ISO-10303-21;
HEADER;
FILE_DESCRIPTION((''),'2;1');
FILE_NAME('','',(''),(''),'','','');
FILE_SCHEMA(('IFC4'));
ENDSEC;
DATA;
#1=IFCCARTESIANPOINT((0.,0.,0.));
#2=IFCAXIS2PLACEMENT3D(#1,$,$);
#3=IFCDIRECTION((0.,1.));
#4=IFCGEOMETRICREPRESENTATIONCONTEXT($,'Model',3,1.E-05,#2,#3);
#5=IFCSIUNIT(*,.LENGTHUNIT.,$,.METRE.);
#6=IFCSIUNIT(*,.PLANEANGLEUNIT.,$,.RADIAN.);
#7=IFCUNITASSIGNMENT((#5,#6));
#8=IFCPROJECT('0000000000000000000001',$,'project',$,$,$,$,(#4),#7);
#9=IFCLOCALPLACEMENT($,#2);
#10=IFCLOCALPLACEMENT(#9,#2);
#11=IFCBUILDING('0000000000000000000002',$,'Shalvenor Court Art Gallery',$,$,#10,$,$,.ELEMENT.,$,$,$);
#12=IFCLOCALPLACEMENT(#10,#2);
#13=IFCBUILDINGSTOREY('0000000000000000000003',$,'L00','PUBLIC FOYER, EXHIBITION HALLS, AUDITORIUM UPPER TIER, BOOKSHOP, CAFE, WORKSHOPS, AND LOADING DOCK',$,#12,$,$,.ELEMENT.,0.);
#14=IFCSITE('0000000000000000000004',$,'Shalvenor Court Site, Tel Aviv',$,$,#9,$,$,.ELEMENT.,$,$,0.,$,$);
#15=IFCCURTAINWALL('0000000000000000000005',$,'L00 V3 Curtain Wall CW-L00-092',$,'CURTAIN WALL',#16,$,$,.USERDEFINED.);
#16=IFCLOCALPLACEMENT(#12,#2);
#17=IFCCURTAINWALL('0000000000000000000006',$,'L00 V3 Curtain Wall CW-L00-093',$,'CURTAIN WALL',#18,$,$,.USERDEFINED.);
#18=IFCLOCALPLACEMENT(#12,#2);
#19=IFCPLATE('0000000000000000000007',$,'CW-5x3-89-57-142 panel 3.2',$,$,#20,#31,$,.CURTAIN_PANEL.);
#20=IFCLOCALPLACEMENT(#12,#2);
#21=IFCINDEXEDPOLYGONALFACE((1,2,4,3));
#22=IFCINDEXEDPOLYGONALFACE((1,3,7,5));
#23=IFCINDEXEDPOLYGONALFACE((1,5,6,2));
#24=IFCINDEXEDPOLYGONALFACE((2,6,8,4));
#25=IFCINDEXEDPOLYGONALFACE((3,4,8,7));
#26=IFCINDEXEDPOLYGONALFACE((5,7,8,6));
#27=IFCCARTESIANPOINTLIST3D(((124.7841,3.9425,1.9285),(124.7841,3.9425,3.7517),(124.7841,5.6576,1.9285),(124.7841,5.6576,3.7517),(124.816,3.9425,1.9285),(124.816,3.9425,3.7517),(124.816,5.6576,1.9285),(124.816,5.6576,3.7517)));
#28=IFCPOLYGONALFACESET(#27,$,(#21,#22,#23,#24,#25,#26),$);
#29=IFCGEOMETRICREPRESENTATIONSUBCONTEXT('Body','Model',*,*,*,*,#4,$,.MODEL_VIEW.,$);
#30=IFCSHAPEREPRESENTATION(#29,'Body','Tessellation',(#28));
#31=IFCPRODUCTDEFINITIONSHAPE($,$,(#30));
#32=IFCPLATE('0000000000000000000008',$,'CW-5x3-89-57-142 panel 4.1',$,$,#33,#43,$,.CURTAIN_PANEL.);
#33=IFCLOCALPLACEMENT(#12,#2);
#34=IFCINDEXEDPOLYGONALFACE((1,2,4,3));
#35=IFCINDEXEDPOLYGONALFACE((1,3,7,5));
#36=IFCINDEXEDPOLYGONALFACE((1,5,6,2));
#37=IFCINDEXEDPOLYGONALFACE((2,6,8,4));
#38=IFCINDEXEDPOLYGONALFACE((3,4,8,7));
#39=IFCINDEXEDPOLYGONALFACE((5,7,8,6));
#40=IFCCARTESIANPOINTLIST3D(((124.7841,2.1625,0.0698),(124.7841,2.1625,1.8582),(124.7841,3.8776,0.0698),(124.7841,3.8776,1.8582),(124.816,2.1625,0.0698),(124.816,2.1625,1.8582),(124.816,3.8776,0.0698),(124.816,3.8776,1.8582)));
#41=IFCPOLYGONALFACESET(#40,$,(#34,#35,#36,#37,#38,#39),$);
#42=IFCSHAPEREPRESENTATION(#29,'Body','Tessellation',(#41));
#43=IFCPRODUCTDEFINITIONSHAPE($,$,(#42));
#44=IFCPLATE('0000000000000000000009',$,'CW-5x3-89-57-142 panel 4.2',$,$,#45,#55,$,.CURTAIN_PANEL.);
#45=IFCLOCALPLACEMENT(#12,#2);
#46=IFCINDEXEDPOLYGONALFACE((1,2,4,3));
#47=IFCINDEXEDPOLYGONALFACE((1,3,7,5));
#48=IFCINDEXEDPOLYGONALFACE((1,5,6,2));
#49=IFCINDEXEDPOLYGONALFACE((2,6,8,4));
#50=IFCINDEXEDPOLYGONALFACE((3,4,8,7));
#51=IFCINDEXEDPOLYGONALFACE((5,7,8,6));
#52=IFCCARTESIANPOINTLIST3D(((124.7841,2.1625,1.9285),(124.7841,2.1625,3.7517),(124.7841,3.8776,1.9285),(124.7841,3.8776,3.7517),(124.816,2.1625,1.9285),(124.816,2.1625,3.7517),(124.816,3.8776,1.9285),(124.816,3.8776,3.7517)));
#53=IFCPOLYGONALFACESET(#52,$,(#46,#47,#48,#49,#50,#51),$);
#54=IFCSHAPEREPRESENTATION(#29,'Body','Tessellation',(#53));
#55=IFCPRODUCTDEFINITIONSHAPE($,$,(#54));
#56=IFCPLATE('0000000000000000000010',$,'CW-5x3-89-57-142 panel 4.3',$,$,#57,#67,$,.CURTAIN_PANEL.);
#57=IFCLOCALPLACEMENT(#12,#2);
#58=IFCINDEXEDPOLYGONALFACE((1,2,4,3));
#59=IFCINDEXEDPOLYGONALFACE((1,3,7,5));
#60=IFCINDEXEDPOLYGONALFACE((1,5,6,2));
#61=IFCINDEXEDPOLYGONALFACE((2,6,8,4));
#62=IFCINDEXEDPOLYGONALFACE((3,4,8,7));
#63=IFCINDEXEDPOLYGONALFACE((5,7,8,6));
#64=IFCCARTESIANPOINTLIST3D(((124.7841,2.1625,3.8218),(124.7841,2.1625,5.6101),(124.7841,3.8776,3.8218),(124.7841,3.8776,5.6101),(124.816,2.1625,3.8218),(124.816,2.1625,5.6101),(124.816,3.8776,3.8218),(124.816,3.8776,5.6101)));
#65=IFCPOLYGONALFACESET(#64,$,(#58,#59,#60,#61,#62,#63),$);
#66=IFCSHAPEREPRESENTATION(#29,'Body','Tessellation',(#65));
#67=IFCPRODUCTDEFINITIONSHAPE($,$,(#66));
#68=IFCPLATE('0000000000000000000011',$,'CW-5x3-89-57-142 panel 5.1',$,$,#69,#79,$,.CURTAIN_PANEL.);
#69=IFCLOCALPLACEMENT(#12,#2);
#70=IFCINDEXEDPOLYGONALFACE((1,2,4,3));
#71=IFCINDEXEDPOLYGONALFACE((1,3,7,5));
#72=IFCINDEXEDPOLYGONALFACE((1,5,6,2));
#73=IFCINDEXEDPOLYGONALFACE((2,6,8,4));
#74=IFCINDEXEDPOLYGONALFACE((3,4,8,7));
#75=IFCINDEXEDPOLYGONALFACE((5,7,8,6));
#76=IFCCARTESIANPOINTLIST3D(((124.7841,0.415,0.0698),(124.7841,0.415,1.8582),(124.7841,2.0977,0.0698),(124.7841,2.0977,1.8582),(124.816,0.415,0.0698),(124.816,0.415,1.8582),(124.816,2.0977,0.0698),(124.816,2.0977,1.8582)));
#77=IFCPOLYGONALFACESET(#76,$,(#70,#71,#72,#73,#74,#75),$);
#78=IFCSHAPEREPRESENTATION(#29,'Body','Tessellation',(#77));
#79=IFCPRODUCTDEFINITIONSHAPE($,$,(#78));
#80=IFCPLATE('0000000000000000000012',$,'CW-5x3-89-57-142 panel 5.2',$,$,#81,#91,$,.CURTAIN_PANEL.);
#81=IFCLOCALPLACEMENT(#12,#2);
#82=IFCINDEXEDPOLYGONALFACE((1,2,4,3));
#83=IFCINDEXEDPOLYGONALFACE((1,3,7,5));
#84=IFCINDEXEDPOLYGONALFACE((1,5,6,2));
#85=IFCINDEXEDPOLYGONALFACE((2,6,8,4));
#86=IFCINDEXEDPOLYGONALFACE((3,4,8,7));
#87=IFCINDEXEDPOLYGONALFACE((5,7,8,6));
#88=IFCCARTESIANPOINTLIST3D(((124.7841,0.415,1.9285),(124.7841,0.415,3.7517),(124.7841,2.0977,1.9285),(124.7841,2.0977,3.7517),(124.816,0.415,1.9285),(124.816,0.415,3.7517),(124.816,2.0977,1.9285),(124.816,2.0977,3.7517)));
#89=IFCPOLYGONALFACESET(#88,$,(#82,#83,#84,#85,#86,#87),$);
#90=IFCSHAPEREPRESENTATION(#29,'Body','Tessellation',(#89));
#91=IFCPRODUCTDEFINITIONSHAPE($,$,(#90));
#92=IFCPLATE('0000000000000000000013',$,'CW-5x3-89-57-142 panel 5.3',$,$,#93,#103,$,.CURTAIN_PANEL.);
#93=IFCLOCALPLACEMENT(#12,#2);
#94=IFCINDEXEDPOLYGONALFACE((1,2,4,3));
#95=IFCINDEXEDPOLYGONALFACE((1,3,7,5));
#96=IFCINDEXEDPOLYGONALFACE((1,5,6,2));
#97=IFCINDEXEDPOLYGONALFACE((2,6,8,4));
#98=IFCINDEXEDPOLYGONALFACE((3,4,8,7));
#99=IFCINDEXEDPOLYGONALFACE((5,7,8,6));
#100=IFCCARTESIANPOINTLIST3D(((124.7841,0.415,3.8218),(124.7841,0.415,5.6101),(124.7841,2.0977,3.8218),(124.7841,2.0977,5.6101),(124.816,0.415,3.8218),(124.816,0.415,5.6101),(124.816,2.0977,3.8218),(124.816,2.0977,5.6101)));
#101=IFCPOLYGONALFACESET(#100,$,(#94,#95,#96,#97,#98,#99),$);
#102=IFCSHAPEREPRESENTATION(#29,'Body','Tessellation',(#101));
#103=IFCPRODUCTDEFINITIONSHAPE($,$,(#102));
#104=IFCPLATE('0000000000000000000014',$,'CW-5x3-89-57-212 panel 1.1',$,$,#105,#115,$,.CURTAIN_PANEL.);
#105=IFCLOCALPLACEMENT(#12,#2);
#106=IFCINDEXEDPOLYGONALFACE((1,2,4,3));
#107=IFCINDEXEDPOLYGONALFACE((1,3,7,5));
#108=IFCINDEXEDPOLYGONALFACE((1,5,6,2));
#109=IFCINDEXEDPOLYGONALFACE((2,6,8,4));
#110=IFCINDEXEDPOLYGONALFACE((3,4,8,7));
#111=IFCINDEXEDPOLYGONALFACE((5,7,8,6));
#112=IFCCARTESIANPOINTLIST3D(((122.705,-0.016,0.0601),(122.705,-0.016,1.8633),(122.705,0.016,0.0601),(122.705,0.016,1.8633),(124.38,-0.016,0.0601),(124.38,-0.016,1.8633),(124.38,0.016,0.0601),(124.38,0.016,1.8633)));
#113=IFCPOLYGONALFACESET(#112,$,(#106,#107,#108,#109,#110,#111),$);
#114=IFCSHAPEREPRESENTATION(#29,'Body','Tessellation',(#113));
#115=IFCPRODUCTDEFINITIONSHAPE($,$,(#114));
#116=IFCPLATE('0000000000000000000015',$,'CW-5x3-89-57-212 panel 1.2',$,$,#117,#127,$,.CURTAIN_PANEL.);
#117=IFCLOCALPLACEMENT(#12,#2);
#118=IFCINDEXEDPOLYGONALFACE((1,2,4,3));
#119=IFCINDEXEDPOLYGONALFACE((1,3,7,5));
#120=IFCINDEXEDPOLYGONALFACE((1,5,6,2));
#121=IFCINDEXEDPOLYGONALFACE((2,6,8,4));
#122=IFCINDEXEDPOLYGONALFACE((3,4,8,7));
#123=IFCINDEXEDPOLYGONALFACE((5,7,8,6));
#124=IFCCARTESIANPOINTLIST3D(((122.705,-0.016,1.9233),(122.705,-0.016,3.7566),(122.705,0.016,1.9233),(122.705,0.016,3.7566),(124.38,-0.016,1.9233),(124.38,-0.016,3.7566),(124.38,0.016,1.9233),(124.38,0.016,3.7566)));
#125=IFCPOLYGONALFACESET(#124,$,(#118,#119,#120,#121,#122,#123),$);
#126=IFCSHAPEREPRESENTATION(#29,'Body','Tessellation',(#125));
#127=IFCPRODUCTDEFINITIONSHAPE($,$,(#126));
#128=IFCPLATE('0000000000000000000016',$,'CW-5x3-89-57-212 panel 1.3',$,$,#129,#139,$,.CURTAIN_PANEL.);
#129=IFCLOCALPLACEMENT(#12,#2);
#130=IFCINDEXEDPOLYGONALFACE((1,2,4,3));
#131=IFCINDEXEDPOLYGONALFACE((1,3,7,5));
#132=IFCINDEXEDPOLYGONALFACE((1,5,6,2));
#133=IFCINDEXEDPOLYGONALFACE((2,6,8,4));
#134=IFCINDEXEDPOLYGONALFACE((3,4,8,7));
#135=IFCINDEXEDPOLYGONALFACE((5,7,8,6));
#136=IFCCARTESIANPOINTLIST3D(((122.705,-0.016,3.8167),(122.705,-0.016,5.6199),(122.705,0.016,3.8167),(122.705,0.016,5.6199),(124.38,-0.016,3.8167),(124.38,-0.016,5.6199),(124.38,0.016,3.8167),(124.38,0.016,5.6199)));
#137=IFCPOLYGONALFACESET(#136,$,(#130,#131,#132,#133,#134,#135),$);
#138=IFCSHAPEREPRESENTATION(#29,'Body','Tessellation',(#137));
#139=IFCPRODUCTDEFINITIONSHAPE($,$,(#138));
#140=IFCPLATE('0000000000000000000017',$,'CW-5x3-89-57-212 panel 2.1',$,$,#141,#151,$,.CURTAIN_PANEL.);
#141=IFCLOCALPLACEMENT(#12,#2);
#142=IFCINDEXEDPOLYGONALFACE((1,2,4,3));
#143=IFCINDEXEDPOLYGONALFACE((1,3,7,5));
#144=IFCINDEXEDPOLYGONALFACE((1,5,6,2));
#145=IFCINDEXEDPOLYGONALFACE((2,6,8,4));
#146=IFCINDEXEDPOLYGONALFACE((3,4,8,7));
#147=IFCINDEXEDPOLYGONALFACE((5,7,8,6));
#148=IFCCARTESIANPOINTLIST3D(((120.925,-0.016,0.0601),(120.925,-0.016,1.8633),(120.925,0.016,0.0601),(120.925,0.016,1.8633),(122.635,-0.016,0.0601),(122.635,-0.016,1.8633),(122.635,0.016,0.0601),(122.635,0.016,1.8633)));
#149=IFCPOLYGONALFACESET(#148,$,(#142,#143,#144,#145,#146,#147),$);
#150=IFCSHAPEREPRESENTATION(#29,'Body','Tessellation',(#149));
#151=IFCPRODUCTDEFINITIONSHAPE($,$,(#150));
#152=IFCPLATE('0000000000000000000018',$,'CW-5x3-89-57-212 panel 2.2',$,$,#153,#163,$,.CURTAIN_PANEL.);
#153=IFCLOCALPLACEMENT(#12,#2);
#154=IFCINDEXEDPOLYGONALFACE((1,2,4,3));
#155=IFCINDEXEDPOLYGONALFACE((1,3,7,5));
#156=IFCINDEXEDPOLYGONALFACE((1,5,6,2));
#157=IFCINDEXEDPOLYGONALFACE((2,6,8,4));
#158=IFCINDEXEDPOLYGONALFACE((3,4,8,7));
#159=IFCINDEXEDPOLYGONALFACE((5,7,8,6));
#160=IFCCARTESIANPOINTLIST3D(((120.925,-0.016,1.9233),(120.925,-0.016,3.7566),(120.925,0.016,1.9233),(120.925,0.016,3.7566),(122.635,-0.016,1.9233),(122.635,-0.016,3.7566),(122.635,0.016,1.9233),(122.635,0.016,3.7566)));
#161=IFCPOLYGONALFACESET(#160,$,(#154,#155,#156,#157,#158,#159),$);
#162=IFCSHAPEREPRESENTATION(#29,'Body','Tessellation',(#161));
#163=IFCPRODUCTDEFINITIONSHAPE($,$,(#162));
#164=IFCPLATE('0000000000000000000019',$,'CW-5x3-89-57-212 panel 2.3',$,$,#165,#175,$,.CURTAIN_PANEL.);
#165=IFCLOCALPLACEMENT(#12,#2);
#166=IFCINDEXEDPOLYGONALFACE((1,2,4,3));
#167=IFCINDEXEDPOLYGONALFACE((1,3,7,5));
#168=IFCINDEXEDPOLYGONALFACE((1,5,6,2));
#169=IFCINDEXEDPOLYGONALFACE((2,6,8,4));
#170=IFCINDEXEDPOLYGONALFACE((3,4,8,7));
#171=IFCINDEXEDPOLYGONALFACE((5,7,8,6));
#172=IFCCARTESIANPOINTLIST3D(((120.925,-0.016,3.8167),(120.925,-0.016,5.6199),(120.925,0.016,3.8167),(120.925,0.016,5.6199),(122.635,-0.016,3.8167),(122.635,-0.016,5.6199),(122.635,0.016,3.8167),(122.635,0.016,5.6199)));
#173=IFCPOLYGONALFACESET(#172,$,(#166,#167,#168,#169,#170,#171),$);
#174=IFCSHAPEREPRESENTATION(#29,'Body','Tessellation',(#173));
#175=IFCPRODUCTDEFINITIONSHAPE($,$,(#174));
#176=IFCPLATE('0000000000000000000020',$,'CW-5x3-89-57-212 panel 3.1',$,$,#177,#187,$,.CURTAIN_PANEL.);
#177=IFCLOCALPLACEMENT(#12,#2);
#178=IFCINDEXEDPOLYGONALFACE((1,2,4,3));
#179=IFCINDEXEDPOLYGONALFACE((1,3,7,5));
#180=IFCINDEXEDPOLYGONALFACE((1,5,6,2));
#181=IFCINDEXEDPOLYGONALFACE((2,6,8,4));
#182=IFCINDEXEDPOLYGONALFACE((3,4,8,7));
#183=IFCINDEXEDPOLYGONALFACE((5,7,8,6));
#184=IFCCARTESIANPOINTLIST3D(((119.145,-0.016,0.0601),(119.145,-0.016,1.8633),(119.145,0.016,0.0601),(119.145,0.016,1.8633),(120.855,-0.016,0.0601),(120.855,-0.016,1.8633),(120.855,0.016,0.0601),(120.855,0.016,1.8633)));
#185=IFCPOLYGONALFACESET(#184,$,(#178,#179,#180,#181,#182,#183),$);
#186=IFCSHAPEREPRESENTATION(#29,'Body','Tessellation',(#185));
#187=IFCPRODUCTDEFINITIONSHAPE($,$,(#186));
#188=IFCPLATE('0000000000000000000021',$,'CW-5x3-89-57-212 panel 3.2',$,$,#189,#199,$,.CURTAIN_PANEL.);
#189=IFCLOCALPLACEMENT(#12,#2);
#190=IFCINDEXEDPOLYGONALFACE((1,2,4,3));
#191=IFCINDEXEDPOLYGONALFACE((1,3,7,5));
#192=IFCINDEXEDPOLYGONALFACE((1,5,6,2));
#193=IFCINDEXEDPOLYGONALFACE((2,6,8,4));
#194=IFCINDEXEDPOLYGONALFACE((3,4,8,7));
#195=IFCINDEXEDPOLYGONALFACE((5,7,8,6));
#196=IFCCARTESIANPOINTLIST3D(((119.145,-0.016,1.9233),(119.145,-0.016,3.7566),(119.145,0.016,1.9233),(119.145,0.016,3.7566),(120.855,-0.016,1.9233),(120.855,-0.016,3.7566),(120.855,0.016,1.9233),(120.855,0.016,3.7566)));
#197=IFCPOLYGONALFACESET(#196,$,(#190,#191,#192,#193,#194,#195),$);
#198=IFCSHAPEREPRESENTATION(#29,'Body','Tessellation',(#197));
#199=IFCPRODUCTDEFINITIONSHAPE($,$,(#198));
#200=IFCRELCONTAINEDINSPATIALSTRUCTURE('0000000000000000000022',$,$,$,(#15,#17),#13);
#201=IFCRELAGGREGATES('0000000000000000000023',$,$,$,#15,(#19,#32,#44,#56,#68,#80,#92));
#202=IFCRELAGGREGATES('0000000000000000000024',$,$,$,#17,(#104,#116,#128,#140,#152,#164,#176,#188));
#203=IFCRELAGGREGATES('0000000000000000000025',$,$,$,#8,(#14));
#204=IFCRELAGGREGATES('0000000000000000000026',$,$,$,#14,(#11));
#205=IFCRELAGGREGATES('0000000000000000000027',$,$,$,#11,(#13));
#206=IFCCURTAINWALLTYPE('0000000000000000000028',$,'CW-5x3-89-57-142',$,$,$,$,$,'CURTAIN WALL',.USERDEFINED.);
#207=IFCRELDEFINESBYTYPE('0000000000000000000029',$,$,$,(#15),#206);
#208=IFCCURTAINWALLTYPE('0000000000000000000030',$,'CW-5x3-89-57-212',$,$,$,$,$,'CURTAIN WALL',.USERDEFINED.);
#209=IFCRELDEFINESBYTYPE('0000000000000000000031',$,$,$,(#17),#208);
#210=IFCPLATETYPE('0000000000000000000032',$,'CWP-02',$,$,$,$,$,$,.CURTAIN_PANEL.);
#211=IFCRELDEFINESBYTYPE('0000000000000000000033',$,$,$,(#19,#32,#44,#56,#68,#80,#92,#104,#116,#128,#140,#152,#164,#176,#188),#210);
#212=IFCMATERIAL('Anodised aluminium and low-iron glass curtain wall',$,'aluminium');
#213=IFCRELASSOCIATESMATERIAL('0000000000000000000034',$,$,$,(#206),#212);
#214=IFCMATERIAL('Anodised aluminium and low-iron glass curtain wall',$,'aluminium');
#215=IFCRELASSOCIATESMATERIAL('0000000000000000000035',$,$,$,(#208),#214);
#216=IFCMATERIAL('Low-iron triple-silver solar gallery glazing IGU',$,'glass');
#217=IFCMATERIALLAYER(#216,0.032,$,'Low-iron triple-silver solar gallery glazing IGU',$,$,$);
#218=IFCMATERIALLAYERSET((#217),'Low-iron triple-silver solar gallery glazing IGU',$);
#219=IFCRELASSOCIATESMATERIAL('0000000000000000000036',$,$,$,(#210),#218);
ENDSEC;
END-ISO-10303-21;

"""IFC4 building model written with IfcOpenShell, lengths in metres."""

from ifc_helpers import new_model, si_unit, direction, frame, origin, origin_2d, place, context, subcontext, project, spatial, rectangle, extrude, material, layer, layer_set, type_object, element, aggregate, save


model = new_model("IFC4")

# Units and contexts
model_context = context("Model", 3, precision=1e-05, world=origin(), true_north=direction((0.0, 1.0)))
body_context = subcontext(model_context, "Body", "Model", "MODEL_VIEW")
ifc_project = project(units=[si_unit("LENGTHUNIT", "METRE"), si_unit("PLANEANGLEUNIT", "RADIAN")], contexts=[model_context])

# Site, building, storey
site_placement = place(None, origin())
site = spatial("IfcSite", under=ifc_project, at=site_placement, Name="Shalvenor Court Site, Tel Aviv", CompositionType="ELEMENT", RefElevation=0.0)
building_placement = place(site_placement, origin())
building = spatial("IfcBuilding", under=site, at=building_placement, Name="Shalvenor Court Art Gallery", CompositionType="ELEMENT")
storey_placement = place(building_placement, origin())
storey = spatial("IfcBuildingStorey", under=building, at=storey_placement, Name="L00", Description="PUBLIC FOYER, EXHIBITION HALLS, AUDITORIUM UPPER TIER, BOOKSHOP, CAFE, WORKSHOPS, AND LOADING DOCK", CompositionType="ELEMENT", Elevation=0.0)

# Curtain walls
ifc_material_1 = material(Name="Anodised aluminium and low-iron glass curtain wall", Category="aluminium")
curtain_wall_type_1 = type_object("IfcCurtainWallType", Name="CW-5x3-89-57-142", ElementType="CURTAIN WALL", PredefinedType="USERDEFINED", material=ifc_material_1)
curtain_wall_1_placement = place(storey_placement, origin())
curtain_wall_1 = element("IfcCurtainWall", 1, at=curtain_wall_1_placement, inside=storey, type_object=curtain_wall_type_1, Name="L00 V3 Curtain Wall CW-L00-092", ObjectType="CURTAIN WALL", PredefinedType="USERDEFINED")
ifc_material_2 = material(Name="Anodised aluminium and low-iron glass curtain wall", Category="aluminium")
curtain_wall_type_2 = type_object("IfcCurtainWallType", Name="CW-5x3-89-57-212", ElementType="CURTAIN WALL", PredefinedType="USERDEFINED", material=ifc_material_2)
curtain_wall_2_placement = place(storey_placement, origin())
curtain_wall_2 = element("IfcCurtainWall", 2, at=curtain_wall_2_placement, inside=storey, type_object=curtain_wall_type_2, Name="L00 V3 Curtain Wall CW-L00-093", ObjectType="CURTAIN WALL", PredefinedType="USERDEFINED")

# Plates
ifc_material_3 = material(Name="Low-iron triple-silver solar gallery glazing IGU", Category="glass")
ifc_layer_1 = layer(ifc_material_3, 0.032, Name="Low-iron triple-silver solar gallery glazing IGU")
ifc_layer_set_1 = layer_set([ifc_layer_1], Name="Low-iron triple-silver solar gallery glazing IGU")
plate_type_1 = type_object("IfcPlateType", Name="CWP-02", PredefinedType="CURTAIN_PANEL", material=ifc_layer_set_1)
plate_1_placement = place(storey_placement, frame((124.8, 4.8, 1.9285), z_axis=(0.0, 0.0, 1.0), x_axis=(0.0, -1.0, 0.0)))
plate_1 = element("IfcPlate", 3, at=plate_1_placement, type_object=plate_type_1, Name="CW-5x3-89-57-142 panel 3.2", PredefinedType="CURTAIN_PANEL", context=body_context, shape_type="SweptSolid", body=[
    extrude(rectangle(XDim=1.7151, YDim=0.032, at=origin_2d()), origin(), (0.0, 0.0, 1.0), 1.8232),
])
plate_2_placement = place(storey_placement, frame((124.8, 3.02, 0.0698), z_axis=(0.0, 0.0, 1.0), x_axis=(0.0, -1.0, 0.0)))
plate_2 = element("IfcPlate", 4, at=plate_2_placement, type_object=plate_type_1, Name="CW-5x3-89-57-142 panel 4.1", PredefinedType="CURTAIN_PANEL", context=body_context, shape_type="SweptSolid", body=[
    extrude(rectangle(XDim=1.7151, YDim=0.032, at=origin_2d()), origin(), (0.0, 0.0, 1.0), 1.7883),
])
plate_3_placement = place(storey_placement, frame((124.8, 3.02, 1.9285), z_axis=(0.0, 0.0, 1.0), x_axis=(0.0, -1.0, 0.0)))
plate_3 = element("IfcPlate", 5, at=plate_3_placement, type_object=plate_type_1, Name="CW-5x3-89-57-142 panel 4.2", PredefinedType="CURTAIN_PANEL", context=body_context, shape_type="SweptSolid", body=[
    extrude(rectangle(XDim=1.7151, YDim=0.032, at=origin_2d()), origin(), (0.0, 0.0, 1.0), 1.8232),
])
plate_4_placement = place(storey_placement, frame((124.8, 3.02, 3.8218), z_axis=(0.0, 0.0, 1.0), x_axis=(0.0, -1.0, 0.0)))
plate_4 = element("IfcPlate", 6, at=plate_4_placement, type_object=plate_type_1, Name="CW-5x3-89-57-142 panel 4.3", PredefinedType="CURTAIN_PANEL", context=body_context, shape_type="SweptSolid", body=[
    extrude(rectangle(XDim=1.7151, YDim=0.032, at=origin_2d()), origin(), (0.0, 0.0, 1.0), 1.7883),
])
plate_5_placement = place(storey_placement, frame((124.8, 1.2563, 0.0698), z_axis=(0.0, 0.0, 1.0), x_axis=(0.0, -1.0, 0.0)))
plate_5 = element("IfcPlate", 7, at=plate_5_placement, type_object=plate_type_1, Name="CW-5x3-89-57-142 panel 5.1", PredefinedType="CURTAIN_PANEL", context=body_context, shape_type="SweptSolid", body=[
    extrude(rectangle(XDim=1.6826, YDim=0.032, at=origin_2d()), origin(), (0.0, 0.0, 1.0), 1.7883),
])
plate_6_placement = place(storey_placement, frame((124.8, 1.2563, 1.9285), z_axis=(0.0, 0.0, 1.0), x_axis=(0.0, -1.0, 0.0)))
plate_6 = element("IfcPlate", 8, at=plate_6_placement, type_object=plate_type_1, Name="CW-5x3-89-57-142 panel 5.2", PredefinedType="CURTAIN_PANEL", context=body_context, shape_type="SweptSolid", body=[
    extrude(rectangle(XDim=1.6826, YDim=0.032, at=origin_2d()), origin(), (0.0, 0.0, 1.0), 1.8232),
])
plate_7_placement = place(storey_placement, frame((124.8, 1.2563, 3.8218), z_axis=(0.0, 0.0, 1.0), x_axis=(0.0, -1.0, 0.0)))
plate_7 = element("IfcPlate", 9, at=plate_7_placement, type_object=plate_type_1, Name="CW-5x3-89-57-142 panel 5.3", PredefinedType="CURTAIN_PANEL", context=body_context, shape_type="SweptSolid", body=[
    extrude(rectangle(XDim=1.6826, YDim=0.032, at=origin_2d()), origin(), (0.0, 0.0, 1.0), 1.7883),
])
aggregate(curtain_wall_1, [plate_1, plate_2, plate_3, plate_4, plate_5, plate_6, plate_7])
plate_8_placement = place(storey_placement, frame((123.5425, 0.0, 0.0601), z_axis=(0.0, 0.0, 1.0), x_axis=(-1.0, 0.0, 0.0)))
plate_8 = element("IfcPlate", 10, at=plate_8_placement, type_object=plate_type_1, Name="CW-5x3-89-57-212 panel 1.1", PredefinedType="CURTAIN_PANEL", context=body_context, shape_type="SweptSolid", body=[
    extrude(rectangle(XDim=1.675, YDim=0.032, at=origin_2d()), origin(), (0.0, 0.0, 1.0), 1.8032),
])
plate_9_placement = place(storey_placement, frame((123.5425, 0.0, 1.9233), z_axis=(0.0, 0.0, 1.0), x_axis=(-1.0, 0.0, 0.0)))
plate_9 = element("IfcPlate", 11, at=plate_9_placement, type_object=plate_type_1, Name="CW-5x3-89-57-212 panel 1.2", PredefinedType="CURTAIN_PANEL", context=body_context, shape_type="SweptSolid", body=[
    extrude(rectangle(XDim=1.675, YDim=0.032, at=origin_2d()), origin(), (0.0, 0.0, 1.0), 1.8333),
])
plate_10_placement = place(storey_placement, frame((123.5425, 0.0, 3.8167), z_axis=(0.0, 0.0, 1.0), x_axis=(-1.0, 0.0, 0.0)))
plate_10 = element("IfcPlate", 12, at=plate_10_placement, type_object=plate_type_1, Name="CW-5x3-89-57-212 panel 1.3", PredefinedType="CURTAIN_PANEL", context=body_context, shape_type="SweptSolid", body=[
    extrude(rectangle(XDim=1.675, YDim=0.032, at=origin_2d()), origin(), (0.0, 0.0, 1.0), 1.8032),
])
plate_11_placement = place(storey_placement, frame((121.78, 0.0, 0.0601), z_axis=(0.0, 0.0, 1.0), x_axis=(-1.0, 0.0, 0.0)))
plate_11 = element("IfcPlate", 13, at=plate_11_placement, type_object=plate_type_1, Name="CW-5x3-89-57-212 panel 2.1", PredefinedType="CURTAIN_PANEL", context=body_context, shape_type="SweptSolid", body=[
    extrude(rectangle(XDim=1.71, YDim=0.032, at=origin_2d()), origin(), (0.0, 0.0, 1.0), 1.8032),
])
plate_12_placement = place(storey_placement, frame((121.78, 0.0, 1.9233), z_axis=(0.0, 0.0, 1.0), x_axis=(-1.0, 0.0, 0.0)))
plate_12 = element("IfcPlate", 14, at=plate_12_placement, type_object=plate_type_1, Name="CW-5x3-89-57-212 panel 2.2", PredefinedType="CURTAIN_PANEL", context=body_context, shape_type="SweptSolid", body=[
    extrude(rectangle(XDim=1.71, YDim=0.032, at=origin_2d()), origin(), (0.0, 0.0, 1.0), 1.8333),
])
plate_13_placement = place(storey_placement, frame((121.78, 0.0, 3.8167), z_axis=(0.0, 0.0, 1.0), x_axis=(-1.0, 0.0, 0.0)))
plate_13 = element("IfcPlate", 15, at=plate_13_placement, type_object=plate_type_1, Name="CW-5x3-89-57-212 panel 2.3", PredefinedType="CURTAIN_PANEL", context=body_context, shape_type="SweptSolid", body=[
    extrude(rectangle(XDim=1.71, YDim=0.032, at=origin_2d()), origin(), (0.0, 0.0, 1.0), 1.8032),
])
plate_14_placement = place(storey_placement, frame((120.0, 0.0, 0.0601), z_axis=(0.0, 0.0, 1.0), x_axis=(-1.0, 0.0, 0.0)))
plate_14 = element("IfcPlate", 16, at=plate_14_placement, type_object=plate_type_1, Name="CW-5x3-89-57-212 panel 3.1", PredefinedType="CURTAIN_PANEL", context=body_context, shape_type="SweptSolid", body=[
    extrude(rectangle(XDim=1.71, YDim=0.032, at=origin_2d()), origin(), (0.0, 0.0, 1.0), 1.8032),
])
plate_15_placement = place(storey_placement, frame((120.0, 0.0, 1.9233), z_axis=(0.0, 0.0, 1.0), x_axis=(-1.0, 0.0, 0.0)))
plate_15 = element("IfcPlate", 17, at=plate_15_placement, type_object=plate_type_1, Name="CW-5x3-89-57-212 panel 3.2", PredefinedType="CURTAIN_PANEL", context=body_context, shape_type="SweptSolid", body=[
    extrude(rectangle(XDim=1.71, YDim=0.032, at=origin_2d()), origin(), (0.0, 0.0, 1.0), 1.8333),
])
aggregate(curtain_wall_2, [plate_8, plate_9, plate_10, plate_11, plate_12, plate_13, plate_14, plate_15])

save(model, "model.ifc")
